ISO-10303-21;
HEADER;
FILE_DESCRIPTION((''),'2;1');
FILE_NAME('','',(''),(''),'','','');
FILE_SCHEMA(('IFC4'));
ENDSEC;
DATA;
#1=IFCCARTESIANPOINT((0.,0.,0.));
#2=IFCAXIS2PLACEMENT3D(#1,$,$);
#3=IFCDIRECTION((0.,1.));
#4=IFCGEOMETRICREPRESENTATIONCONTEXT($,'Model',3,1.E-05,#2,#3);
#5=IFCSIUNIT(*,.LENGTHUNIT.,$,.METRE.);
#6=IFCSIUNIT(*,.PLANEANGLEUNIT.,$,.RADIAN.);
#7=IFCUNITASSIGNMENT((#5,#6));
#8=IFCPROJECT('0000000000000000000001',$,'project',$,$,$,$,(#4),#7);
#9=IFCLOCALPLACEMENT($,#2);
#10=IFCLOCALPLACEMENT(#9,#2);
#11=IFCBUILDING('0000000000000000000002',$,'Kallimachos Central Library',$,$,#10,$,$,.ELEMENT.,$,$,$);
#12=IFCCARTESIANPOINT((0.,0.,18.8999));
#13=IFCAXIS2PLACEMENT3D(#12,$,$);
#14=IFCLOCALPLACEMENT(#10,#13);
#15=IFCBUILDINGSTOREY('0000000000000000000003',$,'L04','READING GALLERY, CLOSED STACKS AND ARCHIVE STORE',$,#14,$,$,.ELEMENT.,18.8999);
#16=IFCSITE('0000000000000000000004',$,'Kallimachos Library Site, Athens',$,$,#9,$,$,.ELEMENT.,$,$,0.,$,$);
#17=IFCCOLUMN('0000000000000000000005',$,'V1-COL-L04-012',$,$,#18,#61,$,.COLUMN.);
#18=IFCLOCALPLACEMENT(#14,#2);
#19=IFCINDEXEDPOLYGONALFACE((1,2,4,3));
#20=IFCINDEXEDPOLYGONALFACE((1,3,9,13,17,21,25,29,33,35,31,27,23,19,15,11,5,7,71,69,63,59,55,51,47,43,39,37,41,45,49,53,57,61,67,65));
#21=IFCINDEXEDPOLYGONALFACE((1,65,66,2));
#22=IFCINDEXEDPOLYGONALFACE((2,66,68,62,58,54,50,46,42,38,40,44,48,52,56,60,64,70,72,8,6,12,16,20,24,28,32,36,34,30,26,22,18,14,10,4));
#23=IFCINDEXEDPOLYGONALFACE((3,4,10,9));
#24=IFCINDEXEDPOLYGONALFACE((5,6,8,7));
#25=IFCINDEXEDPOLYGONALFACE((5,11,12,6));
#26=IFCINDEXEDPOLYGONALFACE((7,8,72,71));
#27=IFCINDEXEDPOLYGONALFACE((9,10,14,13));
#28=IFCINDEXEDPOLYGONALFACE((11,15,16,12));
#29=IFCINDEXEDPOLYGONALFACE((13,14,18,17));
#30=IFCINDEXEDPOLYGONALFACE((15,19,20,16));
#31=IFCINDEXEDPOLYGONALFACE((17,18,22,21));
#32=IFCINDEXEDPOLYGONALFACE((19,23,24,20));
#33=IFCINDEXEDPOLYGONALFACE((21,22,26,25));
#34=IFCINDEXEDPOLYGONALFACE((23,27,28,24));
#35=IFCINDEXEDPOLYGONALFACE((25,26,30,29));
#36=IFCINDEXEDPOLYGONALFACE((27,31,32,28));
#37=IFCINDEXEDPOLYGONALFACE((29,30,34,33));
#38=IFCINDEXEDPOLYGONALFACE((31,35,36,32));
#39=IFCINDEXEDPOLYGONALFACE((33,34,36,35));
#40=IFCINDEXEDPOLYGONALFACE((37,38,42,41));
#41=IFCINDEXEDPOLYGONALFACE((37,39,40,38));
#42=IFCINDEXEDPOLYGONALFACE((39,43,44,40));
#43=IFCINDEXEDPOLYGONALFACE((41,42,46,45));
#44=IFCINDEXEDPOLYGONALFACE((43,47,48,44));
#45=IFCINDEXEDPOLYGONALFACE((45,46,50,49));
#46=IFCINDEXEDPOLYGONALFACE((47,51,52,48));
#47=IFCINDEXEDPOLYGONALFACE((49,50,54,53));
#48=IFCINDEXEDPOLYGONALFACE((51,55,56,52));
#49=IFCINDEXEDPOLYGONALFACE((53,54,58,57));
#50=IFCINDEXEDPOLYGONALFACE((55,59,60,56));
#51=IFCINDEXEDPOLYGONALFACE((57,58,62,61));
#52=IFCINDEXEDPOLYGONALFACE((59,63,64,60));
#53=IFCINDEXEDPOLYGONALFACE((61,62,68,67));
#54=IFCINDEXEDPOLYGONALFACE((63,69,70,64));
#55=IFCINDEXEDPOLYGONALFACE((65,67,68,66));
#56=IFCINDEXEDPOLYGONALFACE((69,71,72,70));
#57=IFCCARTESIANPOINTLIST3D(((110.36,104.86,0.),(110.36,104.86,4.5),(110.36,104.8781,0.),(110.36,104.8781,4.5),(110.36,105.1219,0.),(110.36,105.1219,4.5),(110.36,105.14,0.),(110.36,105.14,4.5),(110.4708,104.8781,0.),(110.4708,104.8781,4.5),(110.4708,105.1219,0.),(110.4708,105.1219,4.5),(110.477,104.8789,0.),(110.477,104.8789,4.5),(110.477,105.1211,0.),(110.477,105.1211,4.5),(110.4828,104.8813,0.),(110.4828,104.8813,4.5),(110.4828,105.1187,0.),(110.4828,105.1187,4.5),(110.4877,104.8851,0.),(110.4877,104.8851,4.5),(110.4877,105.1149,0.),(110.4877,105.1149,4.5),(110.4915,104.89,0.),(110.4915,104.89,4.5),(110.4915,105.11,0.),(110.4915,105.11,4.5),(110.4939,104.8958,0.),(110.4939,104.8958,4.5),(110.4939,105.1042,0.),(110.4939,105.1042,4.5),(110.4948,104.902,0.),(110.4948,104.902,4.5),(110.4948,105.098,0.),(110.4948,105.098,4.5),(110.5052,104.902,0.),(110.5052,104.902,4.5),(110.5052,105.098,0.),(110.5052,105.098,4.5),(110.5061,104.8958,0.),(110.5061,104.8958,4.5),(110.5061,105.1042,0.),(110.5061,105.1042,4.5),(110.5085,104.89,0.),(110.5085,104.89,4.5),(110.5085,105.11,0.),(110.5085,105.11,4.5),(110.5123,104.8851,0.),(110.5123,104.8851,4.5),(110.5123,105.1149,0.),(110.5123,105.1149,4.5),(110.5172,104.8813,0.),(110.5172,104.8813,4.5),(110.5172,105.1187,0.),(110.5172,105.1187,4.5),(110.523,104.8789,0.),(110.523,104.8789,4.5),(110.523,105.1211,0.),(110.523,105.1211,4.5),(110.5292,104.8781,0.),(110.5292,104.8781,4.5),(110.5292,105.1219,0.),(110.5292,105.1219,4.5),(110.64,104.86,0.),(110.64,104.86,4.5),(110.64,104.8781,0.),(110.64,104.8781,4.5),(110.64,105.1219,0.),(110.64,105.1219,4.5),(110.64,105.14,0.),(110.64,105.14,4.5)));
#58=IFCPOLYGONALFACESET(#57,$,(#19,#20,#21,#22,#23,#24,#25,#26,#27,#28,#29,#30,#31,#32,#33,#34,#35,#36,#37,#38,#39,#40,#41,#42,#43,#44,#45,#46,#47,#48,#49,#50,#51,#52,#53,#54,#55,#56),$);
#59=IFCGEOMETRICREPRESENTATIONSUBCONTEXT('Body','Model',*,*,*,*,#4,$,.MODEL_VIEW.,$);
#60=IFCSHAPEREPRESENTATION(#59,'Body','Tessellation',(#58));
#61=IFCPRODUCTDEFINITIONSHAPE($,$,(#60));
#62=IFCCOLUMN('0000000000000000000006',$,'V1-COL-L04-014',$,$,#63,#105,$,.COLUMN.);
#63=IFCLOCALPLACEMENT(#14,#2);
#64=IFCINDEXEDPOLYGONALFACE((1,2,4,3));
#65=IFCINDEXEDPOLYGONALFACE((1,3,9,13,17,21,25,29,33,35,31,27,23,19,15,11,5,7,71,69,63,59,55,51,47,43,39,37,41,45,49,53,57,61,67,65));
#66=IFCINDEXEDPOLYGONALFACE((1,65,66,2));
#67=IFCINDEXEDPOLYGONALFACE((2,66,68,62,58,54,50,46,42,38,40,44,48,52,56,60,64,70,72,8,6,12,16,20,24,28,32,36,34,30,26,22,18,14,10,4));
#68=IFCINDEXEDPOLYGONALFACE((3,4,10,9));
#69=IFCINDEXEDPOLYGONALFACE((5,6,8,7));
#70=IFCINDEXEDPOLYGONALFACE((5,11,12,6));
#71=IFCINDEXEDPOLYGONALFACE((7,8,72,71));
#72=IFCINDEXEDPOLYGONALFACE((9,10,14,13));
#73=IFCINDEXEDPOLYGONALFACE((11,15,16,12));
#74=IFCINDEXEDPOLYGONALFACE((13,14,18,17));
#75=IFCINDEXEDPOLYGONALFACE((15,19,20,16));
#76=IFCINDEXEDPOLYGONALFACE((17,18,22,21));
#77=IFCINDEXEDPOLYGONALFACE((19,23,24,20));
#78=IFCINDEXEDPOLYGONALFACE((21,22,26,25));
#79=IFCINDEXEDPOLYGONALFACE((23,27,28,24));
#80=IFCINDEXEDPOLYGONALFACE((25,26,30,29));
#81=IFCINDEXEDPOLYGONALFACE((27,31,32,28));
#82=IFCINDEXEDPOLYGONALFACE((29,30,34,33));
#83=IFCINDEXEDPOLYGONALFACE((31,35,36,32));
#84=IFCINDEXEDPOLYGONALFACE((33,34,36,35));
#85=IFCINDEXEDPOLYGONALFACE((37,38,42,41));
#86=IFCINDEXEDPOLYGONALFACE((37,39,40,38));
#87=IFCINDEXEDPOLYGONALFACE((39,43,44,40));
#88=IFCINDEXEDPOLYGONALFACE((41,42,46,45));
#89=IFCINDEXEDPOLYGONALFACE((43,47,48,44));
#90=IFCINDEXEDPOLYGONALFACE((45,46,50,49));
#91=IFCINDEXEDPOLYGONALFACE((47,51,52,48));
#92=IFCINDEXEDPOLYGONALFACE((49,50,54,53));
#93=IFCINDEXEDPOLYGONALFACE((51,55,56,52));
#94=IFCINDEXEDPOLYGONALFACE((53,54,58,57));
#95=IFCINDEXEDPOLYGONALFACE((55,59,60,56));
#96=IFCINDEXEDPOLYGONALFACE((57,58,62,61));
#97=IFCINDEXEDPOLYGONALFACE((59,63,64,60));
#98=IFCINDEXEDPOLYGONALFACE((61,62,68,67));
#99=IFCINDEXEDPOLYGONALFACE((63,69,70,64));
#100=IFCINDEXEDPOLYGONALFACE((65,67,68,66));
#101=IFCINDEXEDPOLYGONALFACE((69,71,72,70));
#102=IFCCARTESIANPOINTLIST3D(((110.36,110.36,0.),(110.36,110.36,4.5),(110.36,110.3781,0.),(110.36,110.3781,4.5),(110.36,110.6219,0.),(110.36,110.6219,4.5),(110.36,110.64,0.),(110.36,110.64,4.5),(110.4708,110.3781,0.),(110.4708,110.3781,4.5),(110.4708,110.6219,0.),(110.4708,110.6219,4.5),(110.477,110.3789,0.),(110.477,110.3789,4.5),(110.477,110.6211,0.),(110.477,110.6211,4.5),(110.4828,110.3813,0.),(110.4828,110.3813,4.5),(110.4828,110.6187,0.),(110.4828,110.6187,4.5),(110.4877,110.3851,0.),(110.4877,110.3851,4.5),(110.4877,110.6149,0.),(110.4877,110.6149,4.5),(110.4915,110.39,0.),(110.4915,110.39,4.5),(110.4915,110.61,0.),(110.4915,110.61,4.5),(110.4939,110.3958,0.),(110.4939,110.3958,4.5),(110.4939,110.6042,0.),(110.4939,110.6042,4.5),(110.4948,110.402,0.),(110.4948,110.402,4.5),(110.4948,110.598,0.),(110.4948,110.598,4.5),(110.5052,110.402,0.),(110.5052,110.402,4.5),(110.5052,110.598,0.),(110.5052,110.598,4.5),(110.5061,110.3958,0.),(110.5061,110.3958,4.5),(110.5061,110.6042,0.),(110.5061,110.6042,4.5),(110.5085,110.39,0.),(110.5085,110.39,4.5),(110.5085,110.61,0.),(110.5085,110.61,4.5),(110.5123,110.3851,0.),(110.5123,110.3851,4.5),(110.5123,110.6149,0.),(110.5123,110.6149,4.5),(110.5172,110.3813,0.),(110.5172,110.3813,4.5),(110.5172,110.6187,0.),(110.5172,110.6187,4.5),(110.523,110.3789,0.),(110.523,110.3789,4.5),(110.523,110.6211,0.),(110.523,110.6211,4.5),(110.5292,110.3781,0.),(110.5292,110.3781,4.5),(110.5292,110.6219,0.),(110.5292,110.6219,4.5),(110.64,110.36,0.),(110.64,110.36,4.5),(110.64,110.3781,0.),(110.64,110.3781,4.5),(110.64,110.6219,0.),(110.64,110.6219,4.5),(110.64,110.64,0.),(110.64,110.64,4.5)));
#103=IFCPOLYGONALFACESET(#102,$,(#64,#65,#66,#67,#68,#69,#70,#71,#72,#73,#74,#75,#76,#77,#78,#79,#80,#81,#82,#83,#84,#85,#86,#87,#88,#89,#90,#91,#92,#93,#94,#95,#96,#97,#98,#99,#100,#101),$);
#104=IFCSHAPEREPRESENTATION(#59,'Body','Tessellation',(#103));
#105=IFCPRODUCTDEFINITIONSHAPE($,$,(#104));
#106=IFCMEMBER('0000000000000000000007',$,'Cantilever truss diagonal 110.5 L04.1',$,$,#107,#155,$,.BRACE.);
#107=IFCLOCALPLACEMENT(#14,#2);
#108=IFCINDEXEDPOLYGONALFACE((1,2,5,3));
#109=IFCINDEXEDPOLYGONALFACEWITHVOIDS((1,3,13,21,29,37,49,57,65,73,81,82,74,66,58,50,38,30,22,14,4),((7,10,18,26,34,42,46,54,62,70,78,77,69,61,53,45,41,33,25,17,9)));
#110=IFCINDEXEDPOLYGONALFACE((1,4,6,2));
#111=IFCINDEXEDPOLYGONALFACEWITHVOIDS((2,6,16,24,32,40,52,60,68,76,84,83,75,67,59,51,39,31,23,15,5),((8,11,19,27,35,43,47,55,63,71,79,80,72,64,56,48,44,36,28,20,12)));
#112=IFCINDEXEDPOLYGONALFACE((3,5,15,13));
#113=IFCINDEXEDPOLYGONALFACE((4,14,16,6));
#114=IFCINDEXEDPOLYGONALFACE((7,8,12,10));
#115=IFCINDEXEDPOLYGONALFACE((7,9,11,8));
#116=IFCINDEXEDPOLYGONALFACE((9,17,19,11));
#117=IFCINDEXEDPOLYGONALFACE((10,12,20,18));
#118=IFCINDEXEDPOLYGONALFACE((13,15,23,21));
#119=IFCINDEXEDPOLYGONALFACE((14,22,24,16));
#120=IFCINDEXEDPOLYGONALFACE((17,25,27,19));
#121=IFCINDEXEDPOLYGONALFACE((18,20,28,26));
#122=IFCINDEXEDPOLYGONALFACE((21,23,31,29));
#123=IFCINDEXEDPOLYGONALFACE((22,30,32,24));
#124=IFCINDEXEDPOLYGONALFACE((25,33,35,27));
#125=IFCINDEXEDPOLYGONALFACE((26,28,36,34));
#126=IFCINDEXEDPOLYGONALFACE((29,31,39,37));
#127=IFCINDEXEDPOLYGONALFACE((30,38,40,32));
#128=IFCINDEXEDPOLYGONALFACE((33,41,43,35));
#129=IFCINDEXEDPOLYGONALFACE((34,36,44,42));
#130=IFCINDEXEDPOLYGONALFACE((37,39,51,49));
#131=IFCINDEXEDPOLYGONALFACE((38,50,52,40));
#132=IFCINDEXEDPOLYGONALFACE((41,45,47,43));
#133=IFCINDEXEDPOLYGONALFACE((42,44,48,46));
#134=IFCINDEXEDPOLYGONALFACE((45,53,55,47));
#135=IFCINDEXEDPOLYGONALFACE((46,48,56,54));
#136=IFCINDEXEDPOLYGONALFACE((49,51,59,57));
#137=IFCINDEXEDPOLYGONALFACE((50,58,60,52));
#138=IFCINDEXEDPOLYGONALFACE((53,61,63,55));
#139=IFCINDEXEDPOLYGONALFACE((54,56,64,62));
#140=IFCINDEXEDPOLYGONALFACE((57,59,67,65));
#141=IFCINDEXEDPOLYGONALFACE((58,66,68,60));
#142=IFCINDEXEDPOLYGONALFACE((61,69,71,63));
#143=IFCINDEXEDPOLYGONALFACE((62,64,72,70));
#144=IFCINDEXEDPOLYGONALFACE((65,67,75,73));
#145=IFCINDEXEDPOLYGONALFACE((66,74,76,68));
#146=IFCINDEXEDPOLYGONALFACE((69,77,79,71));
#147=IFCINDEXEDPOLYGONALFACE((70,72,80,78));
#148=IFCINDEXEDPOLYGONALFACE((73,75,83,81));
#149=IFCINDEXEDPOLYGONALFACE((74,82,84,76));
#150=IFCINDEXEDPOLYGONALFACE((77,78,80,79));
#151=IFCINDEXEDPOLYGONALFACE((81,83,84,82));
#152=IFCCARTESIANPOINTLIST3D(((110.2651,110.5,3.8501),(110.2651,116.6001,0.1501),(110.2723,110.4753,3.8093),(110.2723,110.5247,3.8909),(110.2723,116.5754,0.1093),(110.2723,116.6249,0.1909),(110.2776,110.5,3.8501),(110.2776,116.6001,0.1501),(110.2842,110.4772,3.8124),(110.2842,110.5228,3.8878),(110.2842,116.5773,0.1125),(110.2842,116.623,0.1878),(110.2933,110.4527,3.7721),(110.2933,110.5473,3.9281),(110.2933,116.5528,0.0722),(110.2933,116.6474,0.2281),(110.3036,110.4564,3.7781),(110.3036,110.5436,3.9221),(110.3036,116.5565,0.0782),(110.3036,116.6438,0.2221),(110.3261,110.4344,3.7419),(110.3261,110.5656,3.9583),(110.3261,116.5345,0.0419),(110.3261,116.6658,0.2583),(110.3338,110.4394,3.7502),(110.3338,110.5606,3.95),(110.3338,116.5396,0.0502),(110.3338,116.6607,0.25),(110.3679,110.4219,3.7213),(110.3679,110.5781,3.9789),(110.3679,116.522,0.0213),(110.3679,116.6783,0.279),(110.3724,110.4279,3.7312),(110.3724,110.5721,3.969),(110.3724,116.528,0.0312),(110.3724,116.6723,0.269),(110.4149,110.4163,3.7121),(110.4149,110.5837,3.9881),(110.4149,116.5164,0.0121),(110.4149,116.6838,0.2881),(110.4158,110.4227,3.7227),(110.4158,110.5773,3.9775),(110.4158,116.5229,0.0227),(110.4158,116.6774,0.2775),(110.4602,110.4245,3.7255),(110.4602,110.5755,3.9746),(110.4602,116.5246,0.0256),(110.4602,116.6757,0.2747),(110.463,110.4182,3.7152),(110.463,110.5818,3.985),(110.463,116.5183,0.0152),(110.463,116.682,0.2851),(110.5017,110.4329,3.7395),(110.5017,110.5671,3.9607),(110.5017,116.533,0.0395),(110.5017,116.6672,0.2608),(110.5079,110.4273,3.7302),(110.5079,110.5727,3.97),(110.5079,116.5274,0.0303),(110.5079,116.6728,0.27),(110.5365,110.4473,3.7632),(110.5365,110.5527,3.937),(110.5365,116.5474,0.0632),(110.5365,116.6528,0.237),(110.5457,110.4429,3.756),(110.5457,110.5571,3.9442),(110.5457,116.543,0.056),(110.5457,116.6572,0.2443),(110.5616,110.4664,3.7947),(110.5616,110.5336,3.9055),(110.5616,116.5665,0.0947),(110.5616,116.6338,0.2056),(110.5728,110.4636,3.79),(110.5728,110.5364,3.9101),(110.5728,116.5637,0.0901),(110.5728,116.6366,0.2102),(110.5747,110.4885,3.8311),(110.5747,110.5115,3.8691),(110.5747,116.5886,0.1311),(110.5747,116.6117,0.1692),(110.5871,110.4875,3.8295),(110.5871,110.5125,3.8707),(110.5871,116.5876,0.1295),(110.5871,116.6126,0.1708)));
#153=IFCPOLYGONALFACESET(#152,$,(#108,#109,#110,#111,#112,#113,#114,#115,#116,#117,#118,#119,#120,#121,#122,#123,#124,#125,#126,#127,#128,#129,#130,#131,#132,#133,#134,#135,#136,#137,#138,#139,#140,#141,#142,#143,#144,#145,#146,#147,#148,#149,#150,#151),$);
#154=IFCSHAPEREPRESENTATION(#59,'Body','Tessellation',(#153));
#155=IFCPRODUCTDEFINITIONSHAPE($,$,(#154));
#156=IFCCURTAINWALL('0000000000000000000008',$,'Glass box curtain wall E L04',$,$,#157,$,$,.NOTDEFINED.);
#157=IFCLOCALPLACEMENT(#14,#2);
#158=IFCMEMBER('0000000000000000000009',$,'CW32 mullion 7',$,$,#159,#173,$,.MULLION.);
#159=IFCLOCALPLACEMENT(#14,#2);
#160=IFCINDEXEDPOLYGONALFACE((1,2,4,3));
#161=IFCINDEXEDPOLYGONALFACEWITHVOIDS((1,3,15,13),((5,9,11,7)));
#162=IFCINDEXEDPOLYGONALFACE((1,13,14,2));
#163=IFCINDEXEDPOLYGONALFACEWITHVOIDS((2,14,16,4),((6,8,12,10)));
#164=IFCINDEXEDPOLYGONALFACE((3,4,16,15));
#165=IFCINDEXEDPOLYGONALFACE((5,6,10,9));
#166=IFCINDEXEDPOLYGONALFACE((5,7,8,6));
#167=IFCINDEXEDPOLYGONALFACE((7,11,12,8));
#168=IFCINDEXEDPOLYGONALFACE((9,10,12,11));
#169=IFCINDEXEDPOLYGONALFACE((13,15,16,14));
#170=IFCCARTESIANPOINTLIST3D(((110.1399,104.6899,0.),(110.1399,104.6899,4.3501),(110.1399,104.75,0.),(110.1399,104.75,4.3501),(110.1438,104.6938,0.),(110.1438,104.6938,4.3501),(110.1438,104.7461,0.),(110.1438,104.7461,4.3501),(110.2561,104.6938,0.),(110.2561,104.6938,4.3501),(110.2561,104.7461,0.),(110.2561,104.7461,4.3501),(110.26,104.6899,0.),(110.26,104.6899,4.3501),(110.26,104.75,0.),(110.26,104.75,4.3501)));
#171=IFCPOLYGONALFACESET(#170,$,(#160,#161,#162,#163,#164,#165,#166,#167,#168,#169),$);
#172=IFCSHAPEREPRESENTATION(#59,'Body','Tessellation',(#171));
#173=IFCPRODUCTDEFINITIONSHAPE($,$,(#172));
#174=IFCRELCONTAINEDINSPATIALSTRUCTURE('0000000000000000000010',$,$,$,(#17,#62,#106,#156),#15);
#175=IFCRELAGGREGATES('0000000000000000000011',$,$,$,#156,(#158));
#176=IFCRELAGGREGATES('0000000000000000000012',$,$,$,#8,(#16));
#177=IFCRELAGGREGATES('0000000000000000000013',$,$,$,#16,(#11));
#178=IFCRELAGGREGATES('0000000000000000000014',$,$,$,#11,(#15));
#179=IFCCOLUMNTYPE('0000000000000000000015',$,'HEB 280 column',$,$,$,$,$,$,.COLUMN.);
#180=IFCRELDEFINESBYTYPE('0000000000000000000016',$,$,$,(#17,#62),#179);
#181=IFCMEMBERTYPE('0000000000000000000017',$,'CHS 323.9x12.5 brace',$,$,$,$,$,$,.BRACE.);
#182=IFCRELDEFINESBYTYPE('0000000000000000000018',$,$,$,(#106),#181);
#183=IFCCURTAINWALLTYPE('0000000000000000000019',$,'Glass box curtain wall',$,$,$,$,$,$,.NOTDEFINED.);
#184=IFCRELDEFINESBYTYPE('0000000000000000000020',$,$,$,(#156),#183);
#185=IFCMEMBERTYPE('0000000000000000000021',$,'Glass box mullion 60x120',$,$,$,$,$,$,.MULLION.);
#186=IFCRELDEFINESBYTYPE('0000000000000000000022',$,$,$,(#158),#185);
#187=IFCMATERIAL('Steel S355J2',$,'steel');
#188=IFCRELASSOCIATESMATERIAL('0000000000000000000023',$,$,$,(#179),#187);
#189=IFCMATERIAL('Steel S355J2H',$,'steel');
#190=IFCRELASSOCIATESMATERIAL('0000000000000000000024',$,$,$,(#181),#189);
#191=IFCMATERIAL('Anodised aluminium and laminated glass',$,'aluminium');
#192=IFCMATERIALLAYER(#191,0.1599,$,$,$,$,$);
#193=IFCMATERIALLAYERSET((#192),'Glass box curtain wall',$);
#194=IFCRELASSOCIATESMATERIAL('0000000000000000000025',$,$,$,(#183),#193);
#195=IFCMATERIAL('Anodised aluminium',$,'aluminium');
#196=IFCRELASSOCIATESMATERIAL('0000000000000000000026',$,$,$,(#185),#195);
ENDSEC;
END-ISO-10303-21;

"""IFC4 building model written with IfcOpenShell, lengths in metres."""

from ifc_helpers import new_model, si_unit, direction, frame, origin, origin_2d, place, context, subcontext, project, spatial, hollow_rectangle, hollow_circle, i_section, extrude, material, layer, layer_set, material_profile, profile_set, type_object, element, aggregate, save


model = new_model("IFC4")

# Units and contexts
model_context = context("Model", 3, precision=1e-05, world=origin(), true_north=direction((0.0, 1.0)))
body_context = subcontext(model_context, "Body", "Model", "MODEL_VIEW")
ifc_project = project(units=[si_unit("LENGTHUNIT", "METRE"), si_unit("PLANEANGLEUNIT", "RADIAN")], contexts=[model_context])

# Site, building, storey
site_placement = place(None, origin())
site = spatial("IfcSite", under=ifc_project, at=site_placement, Name="Kallimachos Library Site, Athens", CompositionType="ELEMENT", RefElevation=0.0)
building_placement = place(site_placement, origin())
building = spatial("IfcBuilding", under=site, at=building_placement, Name="Kallimachos Central Library", CompositionType="ELEMENT")
storey_placement = place(building_placement, frame((0.0, 0.0, 18.8999)))
storey = spatial("IfcBuildingStorey", under=building, at=storey_placement, Name="L04", Description="READING GALLERY, CLOSED STACKS AND ARCHIVE STORE", CompositionType="ELEMENT", Elevation=18.8999)

# Columns
ifc_material_1 = material(Name="Steel S355J2", Category="steel")
ifc_material_profile_1 = material_profile(ifc_material_1, i_section(OverallWidth=0.28, OverallDepth=0.28, WebThickness=0.0105, FlangeThickness=0.0181, FilletRadius=0.0239, at=origin_2d()), Name="HEB 280")
ifc_profile_set_1 = profile_set([ifc_material_profile_1], Name="Steel S355J2")
column_type = type_object("IfcColumnType", Name="HEB 280 column", PredefinedType="COLUMN", material=ifc_profile_set_1)
for number, where, z_axis, x_axis, name in (
    (1, (110.5, 105.0, 0.0), (0.0, 0.0, 1.0), (1.0, 0.0, 0.0), "V1-COL-L04-012"),
    (2, (110.5, 110.5, 0.0), (0.0, 0.0, 1.0), (1.0, 0.0, 0.0), "V1-COL-L04-014"),
):
    element("IfcColumn", number, at=place(storey_placement, frame(where, z_axis=z_axis, x_axis=x_axis)), inside=storey, type_object=column_type, Name=name, PredefinedType="COLUMN", context=body_context, shape_type="SweptSolid", body=[
        extrude(i_section(OverallWidth=0.28, OverallDepth=0.28, WebThickness=0.0105, FlangeThickness=0.0181, FilletRadius=0.0239, at=origin_2d()), origin(), (0.0, 0.0, 1.0), 4.5),
    ])

# Member
ifc_material_2 = material(Name="Steel S355J2H", Category="steel")
ifc_material_profile_2 = material_profile(ifc_material_2, hollow_circle(Radius=0.1619, WallThickness=0.0125, at=origin_2d()), Name="CHS 323.9x12.5")
ifc_profile_set_2 = profile_set([ifc_material_profile_2], Name="Steel S355J2H")
member_type_1 = type_object("IfcMemberType", Name="CHS 323.9x12.5 brace", PredefinedType="BRACE", material=ifc_profile_set_2)
member_1_placement = place(storey_placement, frame((110.427, 110.5, 3.8501), z_axis=(0.0, 0.855016, -0.518601), x_axis=(-1.0, 0.0, 0.0)))
element("IfcMember", 3, at=member_1_placement, inside=storey, type_object=member_type_1, Name="Cantilever truss diagonal 110.5 L04.1", PredefinedType="BRACE", context=body_context, shape_type="SweptSolid", body=[
    extrude(hollow_circle(Radius=0.1619, WallThickness=0.0125, at=origin_2d()), origin(), (0.0, 0.0, 1.0), 7.1345),
])

# Curtain wall, member
ifc_material_3 = material(Name="Anodised aluminium and laminated glass", Category="aluminium")
ifc_layer_1 = layer(ifc_material_3, 0.1599)
ifc_layer_set_1 = layer_set([ifc_layer_1], Name="Glass box curtain wall")
curtain_wall_type = type_object("IfcCurtainWallType", Name="Glass box curtain wall", PredefinedType="NOTDEFINED", material=ifc_layer_set_1)
curtain_wall_placement = place(storey_placement, origin())
curtain_wall = element("IfcCurtainWall", 4, at=curtain_wall_placement, inside=storey, type_object=curtain_wall_type, Name="Glass box curtain wall E L04", PredefinedType="NOTDEFINED")
ifc_material_4 = material(Name="Anodised aluminium", Category="aluminium")
ifc_material_profile_3 = material_profile(ifc_material_4, hollow_rectangle(XDim=0.0601, YDim=0.1201, WallThickness=0.0039, at=origin_2d()), Name="ALU MULLION 60x120")
ifc_profile_set_3 = profile_set([ifc_material_profile_3], Name="Anodised aluminium")
member_type_2 = type_object("IfcMemberType", Name="Glass box mullion 60x120", PredefinedType="MULLION", material=ifc_profile_set_3)
member_2_placement = place(storey_placement, frame((110.2, 104.72, 0.0), z_axis=(0.0, 0.0, 1.0), x_axis=(0.0, 1.0, 0.0)))
member_2 = element("IfcMember", 5, at=member_2_placement, type_object=member_type_2, Name="CW32 mullion 7", PredefinedType="MULLION", context=body_context, shape_type="SweptSolid", body=[
    extrude(hollow_rectangle(XDim=0.0601, YDim=0.1201, WallThickness=0.0039, at=origin_2d()), origin(), (0.0, 0.0, 1.0), 4.3501),
])

aggregate(curtain_wall, [member_2])

save(model, "model.ifc")
